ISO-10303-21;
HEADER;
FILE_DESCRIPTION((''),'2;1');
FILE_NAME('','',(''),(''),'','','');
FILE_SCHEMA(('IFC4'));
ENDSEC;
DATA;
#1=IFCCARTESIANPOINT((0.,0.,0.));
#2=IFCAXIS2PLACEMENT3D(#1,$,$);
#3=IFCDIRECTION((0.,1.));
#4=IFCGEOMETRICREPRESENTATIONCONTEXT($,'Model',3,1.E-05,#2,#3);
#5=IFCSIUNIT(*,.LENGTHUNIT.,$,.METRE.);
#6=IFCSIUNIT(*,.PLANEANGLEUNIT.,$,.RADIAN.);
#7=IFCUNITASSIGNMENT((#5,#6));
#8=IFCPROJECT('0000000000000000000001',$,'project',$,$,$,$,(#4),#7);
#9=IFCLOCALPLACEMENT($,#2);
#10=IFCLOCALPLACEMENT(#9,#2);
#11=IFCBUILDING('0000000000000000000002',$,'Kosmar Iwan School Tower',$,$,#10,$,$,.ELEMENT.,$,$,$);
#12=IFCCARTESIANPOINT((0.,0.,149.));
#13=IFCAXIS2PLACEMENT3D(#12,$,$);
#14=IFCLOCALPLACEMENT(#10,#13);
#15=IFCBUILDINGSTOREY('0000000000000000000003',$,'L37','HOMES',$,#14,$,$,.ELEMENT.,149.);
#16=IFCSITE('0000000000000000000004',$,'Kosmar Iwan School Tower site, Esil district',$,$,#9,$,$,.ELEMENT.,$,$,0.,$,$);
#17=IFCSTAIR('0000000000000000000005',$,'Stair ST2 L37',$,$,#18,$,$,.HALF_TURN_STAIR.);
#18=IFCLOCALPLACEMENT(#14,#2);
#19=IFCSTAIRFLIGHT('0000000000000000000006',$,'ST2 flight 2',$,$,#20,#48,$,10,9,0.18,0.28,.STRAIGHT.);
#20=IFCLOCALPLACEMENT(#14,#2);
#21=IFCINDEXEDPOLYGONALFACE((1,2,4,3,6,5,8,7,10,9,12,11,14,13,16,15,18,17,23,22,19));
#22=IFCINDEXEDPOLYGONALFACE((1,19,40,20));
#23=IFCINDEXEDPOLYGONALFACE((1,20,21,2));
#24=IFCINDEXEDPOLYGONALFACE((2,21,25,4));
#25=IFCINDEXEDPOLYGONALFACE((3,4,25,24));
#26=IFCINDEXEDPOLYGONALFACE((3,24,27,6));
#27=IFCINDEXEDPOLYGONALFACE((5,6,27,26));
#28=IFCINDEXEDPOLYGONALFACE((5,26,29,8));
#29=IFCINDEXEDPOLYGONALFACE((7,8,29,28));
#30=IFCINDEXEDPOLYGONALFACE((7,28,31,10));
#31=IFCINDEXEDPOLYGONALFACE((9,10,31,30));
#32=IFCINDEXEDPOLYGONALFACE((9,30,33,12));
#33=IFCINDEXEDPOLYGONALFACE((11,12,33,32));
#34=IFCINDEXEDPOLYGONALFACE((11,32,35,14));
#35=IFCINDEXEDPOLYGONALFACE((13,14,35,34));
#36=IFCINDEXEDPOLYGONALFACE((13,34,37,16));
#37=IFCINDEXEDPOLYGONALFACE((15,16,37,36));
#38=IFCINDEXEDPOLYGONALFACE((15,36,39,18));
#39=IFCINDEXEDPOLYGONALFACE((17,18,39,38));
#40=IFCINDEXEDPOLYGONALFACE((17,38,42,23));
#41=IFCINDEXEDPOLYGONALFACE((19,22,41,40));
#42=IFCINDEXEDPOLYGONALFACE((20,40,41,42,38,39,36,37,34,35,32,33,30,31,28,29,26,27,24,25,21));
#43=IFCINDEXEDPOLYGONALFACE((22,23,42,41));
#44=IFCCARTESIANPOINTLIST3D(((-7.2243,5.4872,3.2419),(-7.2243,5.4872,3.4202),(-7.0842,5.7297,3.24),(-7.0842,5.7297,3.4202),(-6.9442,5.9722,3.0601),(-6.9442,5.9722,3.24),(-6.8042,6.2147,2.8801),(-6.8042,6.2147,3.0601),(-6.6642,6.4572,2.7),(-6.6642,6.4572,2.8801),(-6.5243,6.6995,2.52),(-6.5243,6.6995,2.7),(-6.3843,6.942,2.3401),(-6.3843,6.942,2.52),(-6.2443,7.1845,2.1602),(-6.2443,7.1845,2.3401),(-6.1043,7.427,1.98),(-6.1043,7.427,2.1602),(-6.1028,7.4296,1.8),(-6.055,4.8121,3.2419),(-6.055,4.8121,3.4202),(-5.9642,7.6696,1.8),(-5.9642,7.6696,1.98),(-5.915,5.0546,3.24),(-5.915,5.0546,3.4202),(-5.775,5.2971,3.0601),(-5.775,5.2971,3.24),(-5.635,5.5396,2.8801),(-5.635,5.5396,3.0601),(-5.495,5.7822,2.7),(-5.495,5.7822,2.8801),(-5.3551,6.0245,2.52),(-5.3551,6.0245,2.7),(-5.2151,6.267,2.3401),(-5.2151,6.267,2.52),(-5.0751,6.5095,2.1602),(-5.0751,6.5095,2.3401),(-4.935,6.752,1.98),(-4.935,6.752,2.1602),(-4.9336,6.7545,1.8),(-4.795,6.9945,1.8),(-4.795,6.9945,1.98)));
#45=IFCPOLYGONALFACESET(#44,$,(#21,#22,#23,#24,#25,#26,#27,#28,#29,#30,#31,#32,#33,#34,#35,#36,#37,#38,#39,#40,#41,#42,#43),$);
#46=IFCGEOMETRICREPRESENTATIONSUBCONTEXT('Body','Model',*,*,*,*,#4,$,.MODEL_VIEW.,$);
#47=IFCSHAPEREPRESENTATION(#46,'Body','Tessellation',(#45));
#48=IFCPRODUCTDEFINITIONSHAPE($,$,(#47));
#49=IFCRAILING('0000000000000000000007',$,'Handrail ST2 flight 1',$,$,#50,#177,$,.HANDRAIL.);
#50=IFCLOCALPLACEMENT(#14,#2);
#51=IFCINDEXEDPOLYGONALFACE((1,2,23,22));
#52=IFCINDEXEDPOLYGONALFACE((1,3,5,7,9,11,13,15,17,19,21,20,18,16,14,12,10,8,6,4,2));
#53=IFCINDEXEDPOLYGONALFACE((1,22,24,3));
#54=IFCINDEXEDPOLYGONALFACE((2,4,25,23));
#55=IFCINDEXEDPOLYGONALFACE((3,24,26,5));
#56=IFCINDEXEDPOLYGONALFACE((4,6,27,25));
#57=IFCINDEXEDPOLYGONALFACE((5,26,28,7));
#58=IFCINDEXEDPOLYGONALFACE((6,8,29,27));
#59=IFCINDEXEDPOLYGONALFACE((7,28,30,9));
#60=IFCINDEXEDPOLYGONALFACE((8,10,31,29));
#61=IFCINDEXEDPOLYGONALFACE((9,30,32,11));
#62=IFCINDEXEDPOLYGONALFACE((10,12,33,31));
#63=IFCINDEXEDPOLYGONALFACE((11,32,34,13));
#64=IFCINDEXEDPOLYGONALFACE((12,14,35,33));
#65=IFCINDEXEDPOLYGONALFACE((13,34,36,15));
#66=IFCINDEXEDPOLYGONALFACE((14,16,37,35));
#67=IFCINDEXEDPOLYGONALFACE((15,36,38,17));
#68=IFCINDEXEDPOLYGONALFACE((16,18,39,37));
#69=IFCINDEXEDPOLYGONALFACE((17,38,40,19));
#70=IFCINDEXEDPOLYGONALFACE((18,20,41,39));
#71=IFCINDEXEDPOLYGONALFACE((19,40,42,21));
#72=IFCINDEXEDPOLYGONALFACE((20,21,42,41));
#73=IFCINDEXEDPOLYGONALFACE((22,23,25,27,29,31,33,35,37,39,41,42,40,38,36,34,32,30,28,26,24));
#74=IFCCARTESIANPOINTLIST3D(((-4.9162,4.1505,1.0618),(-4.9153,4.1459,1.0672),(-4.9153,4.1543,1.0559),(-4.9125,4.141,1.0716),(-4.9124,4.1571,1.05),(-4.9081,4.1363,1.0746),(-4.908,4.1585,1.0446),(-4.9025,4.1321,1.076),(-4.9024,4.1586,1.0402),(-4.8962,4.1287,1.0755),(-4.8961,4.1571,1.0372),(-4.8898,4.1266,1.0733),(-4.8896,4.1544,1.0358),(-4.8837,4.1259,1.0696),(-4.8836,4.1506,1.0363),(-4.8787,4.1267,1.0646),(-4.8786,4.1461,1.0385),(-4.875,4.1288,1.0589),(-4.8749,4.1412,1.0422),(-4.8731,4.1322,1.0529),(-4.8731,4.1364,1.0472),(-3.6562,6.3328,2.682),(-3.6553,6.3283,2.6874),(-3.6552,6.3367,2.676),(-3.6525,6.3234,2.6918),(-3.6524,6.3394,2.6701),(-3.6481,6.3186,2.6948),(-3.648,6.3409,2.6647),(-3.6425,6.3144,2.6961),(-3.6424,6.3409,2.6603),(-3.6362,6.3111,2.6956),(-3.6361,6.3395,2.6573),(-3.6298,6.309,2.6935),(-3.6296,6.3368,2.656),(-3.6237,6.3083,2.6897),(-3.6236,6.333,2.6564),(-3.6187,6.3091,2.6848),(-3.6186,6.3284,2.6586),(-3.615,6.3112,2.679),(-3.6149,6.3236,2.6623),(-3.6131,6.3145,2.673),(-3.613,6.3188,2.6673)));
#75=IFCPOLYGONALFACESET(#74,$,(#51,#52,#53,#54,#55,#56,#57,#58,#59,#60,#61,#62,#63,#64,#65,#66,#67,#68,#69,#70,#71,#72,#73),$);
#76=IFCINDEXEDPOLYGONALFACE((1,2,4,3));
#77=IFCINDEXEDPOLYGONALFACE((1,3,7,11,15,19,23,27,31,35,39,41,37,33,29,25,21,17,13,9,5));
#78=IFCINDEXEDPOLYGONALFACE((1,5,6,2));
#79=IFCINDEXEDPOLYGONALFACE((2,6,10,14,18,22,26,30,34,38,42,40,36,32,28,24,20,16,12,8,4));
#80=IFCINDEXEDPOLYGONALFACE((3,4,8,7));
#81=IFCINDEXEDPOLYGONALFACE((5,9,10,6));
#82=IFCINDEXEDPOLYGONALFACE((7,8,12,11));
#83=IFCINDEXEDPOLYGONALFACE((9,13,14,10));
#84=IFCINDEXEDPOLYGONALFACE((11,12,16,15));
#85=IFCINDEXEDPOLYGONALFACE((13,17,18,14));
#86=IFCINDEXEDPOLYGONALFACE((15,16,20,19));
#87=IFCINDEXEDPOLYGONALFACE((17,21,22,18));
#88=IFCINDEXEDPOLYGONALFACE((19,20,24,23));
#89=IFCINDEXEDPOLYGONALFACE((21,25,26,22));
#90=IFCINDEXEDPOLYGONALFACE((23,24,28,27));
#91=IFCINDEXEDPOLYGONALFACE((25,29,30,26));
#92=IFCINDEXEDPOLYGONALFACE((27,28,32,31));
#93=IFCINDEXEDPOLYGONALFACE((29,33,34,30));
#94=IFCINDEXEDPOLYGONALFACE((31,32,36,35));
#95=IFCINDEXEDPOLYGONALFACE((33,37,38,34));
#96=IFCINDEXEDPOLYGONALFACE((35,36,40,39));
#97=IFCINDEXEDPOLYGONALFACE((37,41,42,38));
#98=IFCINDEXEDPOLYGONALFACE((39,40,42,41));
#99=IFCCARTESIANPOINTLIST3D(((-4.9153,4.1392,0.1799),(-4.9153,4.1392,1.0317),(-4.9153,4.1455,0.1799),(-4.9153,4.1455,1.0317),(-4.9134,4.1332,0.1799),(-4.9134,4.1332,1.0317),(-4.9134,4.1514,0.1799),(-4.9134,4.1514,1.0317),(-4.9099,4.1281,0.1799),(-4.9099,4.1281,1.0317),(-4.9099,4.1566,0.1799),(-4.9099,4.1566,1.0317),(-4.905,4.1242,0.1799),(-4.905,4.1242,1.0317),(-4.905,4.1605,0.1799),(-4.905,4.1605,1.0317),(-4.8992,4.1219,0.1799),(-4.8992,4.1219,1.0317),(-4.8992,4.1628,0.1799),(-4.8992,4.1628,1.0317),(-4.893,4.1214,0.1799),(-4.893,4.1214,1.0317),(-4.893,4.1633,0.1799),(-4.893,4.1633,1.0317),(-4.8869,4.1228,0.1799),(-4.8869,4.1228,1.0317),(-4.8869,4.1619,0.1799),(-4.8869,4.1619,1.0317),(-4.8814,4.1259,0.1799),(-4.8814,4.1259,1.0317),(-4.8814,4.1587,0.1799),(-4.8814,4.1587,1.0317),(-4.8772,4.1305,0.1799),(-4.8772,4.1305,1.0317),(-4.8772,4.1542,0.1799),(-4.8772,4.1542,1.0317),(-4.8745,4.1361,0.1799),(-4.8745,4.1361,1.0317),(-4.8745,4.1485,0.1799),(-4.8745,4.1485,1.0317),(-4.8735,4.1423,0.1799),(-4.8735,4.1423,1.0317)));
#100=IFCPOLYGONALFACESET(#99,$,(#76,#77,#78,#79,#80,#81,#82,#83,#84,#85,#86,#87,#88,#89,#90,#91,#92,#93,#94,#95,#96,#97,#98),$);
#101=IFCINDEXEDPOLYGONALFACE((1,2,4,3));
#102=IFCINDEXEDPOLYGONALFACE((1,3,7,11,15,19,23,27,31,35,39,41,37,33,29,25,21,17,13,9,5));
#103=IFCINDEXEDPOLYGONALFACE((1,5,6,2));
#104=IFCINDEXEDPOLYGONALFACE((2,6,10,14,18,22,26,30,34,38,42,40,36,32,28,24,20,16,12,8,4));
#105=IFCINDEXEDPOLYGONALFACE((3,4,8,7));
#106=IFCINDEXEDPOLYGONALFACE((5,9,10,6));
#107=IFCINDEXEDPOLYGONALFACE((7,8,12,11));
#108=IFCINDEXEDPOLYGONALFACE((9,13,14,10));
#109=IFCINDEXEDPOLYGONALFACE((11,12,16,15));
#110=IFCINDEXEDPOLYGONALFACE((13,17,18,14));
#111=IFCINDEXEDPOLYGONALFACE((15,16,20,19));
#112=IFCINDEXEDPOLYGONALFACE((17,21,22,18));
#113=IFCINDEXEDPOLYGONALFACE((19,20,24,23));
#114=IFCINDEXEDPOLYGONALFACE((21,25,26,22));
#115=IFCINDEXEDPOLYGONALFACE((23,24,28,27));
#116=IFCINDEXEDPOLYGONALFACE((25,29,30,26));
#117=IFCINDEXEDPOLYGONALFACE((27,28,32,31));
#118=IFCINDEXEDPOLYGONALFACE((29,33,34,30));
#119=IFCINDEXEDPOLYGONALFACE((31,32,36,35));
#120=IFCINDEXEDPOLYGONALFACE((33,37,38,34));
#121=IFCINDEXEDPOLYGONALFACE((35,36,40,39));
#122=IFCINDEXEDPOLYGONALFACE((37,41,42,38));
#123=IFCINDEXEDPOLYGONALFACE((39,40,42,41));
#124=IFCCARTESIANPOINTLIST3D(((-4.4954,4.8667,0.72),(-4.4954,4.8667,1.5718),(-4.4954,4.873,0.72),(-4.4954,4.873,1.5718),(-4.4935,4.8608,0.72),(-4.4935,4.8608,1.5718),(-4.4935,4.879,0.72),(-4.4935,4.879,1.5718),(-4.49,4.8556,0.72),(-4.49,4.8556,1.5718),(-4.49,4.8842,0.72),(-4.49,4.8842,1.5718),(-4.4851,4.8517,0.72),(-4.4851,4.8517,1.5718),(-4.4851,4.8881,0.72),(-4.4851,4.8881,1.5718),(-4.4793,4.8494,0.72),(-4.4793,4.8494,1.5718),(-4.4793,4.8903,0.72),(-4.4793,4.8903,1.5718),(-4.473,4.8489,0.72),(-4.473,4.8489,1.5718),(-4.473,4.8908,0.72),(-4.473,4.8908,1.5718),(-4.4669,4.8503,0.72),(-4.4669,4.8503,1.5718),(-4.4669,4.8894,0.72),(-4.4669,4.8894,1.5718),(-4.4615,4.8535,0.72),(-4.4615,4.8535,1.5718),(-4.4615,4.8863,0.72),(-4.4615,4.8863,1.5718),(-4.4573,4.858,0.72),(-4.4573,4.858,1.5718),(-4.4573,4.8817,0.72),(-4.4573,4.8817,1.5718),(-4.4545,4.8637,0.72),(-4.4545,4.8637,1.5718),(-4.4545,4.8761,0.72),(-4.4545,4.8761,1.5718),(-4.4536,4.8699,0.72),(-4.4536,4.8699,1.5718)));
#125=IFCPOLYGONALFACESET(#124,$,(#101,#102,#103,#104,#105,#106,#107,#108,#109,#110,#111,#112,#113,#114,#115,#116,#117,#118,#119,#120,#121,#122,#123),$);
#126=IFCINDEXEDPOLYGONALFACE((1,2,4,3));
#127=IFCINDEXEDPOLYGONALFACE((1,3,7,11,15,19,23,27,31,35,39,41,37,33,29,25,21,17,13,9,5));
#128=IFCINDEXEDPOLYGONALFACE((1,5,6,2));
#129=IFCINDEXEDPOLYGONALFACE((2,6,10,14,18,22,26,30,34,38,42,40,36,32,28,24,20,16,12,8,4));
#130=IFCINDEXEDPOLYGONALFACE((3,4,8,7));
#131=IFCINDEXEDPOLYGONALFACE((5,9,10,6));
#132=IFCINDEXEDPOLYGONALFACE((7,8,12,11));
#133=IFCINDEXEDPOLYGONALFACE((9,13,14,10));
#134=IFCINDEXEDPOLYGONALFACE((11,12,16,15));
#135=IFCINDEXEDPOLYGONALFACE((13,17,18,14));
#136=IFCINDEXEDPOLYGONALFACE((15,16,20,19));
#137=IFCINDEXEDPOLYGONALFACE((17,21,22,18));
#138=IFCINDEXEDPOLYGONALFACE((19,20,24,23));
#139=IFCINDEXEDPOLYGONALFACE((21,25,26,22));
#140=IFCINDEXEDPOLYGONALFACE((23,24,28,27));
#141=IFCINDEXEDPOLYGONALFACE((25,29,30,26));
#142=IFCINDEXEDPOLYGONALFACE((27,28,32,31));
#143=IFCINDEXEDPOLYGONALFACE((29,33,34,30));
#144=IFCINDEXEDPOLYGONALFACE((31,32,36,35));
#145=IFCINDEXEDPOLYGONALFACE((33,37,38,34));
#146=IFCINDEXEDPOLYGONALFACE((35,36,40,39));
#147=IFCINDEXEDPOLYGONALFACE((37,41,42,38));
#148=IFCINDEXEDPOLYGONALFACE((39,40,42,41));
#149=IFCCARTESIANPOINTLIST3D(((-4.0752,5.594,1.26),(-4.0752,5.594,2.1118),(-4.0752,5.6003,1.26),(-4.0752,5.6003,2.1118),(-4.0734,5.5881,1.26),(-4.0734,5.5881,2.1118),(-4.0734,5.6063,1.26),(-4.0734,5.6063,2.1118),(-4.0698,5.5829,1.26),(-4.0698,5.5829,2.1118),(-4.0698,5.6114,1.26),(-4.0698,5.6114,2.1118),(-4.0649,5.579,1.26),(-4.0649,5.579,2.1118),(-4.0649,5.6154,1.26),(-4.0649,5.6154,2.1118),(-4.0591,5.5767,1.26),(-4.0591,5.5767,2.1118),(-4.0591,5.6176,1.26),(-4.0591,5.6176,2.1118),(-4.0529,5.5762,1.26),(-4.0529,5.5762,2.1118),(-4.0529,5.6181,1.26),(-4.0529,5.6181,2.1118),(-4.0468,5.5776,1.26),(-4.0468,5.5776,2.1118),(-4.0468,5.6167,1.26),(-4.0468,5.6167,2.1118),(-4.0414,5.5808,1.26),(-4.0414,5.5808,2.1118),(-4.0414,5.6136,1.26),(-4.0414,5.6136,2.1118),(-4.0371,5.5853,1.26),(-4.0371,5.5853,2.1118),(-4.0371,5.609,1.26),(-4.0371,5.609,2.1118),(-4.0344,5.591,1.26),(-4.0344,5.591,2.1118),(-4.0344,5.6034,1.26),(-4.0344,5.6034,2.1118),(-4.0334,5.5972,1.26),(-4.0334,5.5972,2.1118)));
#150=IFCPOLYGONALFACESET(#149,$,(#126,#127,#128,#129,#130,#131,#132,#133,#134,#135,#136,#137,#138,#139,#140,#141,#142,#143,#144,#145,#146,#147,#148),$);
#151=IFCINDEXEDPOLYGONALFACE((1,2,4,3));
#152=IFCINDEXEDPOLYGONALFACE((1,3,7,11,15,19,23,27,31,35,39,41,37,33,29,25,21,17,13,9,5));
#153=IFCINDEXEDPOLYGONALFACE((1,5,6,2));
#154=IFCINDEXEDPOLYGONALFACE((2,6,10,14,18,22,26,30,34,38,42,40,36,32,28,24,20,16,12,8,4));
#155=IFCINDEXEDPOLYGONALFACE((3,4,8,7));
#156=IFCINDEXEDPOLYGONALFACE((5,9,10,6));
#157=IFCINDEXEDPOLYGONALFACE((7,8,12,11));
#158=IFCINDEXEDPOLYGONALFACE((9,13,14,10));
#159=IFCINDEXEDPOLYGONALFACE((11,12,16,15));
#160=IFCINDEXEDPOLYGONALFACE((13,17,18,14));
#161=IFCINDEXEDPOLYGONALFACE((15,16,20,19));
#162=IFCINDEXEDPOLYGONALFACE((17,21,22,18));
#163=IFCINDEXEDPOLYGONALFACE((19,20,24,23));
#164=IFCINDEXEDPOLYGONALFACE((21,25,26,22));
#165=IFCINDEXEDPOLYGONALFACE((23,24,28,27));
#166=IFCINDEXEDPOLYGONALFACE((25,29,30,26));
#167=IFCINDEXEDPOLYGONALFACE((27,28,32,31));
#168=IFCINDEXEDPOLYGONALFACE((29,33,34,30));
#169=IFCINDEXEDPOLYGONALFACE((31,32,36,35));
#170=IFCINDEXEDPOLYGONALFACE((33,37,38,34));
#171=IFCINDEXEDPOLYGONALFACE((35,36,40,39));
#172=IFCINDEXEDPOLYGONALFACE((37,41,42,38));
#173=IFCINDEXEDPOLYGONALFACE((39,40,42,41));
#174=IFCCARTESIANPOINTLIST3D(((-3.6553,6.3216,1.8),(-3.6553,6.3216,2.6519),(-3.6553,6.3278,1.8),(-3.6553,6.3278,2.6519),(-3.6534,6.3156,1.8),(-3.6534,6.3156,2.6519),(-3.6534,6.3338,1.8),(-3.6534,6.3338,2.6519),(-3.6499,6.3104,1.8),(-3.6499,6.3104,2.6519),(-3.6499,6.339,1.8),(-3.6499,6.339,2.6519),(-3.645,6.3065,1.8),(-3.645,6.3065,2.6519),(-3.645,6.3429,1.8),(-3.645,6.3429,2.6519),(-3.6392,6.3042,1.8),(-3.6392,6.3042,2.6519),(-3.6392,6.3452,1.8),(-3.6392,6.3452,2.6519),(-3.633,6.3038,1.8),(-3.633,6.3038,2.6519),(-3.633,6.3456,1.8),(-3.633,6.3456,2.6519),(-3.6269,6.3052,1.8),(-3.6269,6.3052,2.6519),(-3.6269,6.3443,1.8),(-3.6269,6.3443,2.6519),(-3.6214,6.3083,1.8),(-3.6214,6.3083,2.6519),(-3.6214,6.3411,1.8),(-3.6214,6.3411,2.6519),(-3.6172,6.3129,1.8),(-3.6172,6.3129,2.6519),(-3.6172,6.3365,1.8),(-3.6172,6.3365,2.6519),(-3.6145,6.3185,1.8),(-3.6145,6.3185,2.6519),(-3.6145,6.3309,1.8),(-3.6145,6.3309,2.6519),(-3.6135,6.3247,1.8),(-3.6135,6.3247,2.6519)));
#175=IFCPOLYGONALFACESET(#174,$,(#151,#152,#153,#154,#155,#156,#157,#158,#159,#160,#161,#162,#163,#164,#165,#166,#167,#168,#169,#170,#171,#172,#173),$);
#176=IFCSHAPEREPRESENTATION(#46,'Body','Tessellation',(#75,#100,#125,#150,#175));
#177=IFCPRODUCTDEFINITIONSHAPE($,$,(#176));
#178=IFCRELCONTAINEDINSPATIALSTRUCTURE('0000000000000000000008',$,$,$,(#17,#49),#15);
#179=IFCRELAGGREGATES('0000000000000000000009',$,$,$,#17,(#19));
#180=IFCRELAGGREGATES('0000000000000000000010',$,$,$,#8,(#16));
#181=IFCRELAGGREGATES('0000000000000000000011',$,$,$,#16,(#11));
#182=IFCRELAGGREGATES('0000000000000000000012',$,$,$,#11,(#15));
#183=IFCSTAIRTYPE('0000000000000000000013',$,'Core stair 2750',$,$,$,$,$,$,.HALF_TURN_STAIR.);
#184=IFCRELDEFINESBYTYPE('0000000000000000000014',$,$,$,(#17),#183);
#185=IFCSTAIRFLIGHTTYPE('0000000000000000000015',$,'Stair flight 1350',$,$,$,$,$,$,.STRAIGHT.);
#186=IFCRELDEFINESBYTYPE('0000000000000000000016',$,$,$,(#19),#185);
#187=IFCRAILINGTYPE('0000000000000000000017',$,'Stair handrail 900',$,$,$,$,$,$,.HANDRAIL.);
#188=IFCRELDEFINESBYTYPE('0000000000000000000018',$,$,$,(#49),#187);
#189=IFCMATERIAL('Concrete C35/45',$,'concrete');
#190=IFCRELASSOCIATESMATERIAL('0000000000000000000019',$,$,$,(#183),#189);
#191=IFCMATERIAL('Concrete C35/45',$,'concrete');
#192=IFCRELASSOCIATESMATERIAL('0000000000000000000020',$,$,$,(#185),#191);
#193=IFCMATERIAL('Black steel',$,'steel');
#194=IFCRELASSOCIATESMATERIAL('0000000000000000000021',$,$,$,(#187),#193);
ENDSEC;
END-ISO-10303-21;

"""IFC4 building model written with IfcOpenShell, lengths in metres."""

from ifc_helpers import new_model, si_unit, direction, frame, origin, origin_2d, place, context, subcontext, project, spatial, polyline, circle, outline, extrude, material, type_object, element, aggregate, save


model = new_model("IFC4")

# Units and contexts
model_context = context("Model", 3, precision=1e-05, world=origin(), true_north=direction((0.0, 1.0)))
body_context = subcontext(model_context, "Body", "Model", "MODEL_VIEW")
ifc_project = project(units=[si_unit("LENGTHUNIT", "METRE"), si_unit("PLANEANGLEUNIT", "RADIAN")], contexts=[model_context])

# Site, building, storey
site_placement = place(None, origin())
site = spatial("IfcSite", under=ifc_project, at=site_placement, Name="Kosmar Iwan School Tower site, Esil district", CompositionType="ELEMENT", RefElevation=0.0)
building_placement = place(site_placement, origin())
building = spatial("IfcBuilding", under=site, at=building_placement, Name="Kosmar Iwan School Tower", CompositionType="ELEMENT")
storey_placement = place(building_placement, frame((0.0, 0.0, 149.0)))
storey = spatial("IfcBuildingStorey", under=building, at=storey_placement, Name="L37", Description="HOMES", CompositionType="ELEMENT", Elevation=149.0)

# Stair, stair flight
ifc_material_1 = material(Name="Concrete C35/45", Category="concrete")
stair_type = type_object("IfcStairType", Name="Core stair 2750", PredefinedType="HALF_TURN_STAIR", material=ifc_material_1)
stair_placement = place(storey_placement, origin())
stair = element("IfcStair", 1, at=stair_placement, inside=storey, type_object=stair_type, Name="Stair ST2 L37", PredefinedType="HALF_TURN_STAIR")
ifc_material_2 = material(Name="Concrete C35/45", Category="concrete")
stair_flight_type = type_object("IfcStairFlightType", Name="Stair flight 1350", PredefinedType="STRAIGHT", material=ifc_material_2)
stair_flight_1_placement = place(storey_placement, frame((-5.3796, 7.332, 1.8), z_axis=(0.0, 0.0, 1.0), x_axis=(-0.5, -0.866025, 0.0)))
stair_flight_1 = element("IfcStairFlight", 2, at=stair_flight_1_placement, type_object=stair_flight_type, Name="ST2 flight 2", NumberOfRisers=10, NumberOfTreads=9, PredefinedType="STRAIGHT", RiserHeight=0.18, TreadLength=0.28, context=body_context, shape_type="SweptSolid", body=[
    extrude(outline(polyline([(0.0, 0.0), (0.0, 0.1799), (0.28, 0.1799), (0.28, 0.3601), (0.5601, 0.3601), (0.5601, 0.54), (0.8401, 0.54), (0.8401, 0.72), (1.1201, 0.72), (1.1201, 0.8999), (1.3999, 0.8999), (1.3999, 1.0801), (1.6799, 1.0801), (1.6799, 1.26), (1.96, 1.26), (1.96, 1.4399), (2.24, 1.4399), (2.24, 1.6201), (2.52, 1.6201), (2.52, 1.8), (2.52, 1.4419), (0.2771, 0.0), (0.0, 0.0)])), frame((0.0, 0.675, 0.0), z_axis=(0.0, -1.0, 0.0), x_axis=(1.0, 0.0, 0.0)), (0.0, 0.0, 1.0), 1.3501),
])
aggregate(stair, [stair_flight_1])

# Railing
ifc_material_3 = material(Name="Black steel", Category="steel")
railing_type = type_object("IfcRailingType", Name="Stair handrail 900", PredefinedType="HANDRAIL", material=ifc_material_3)
railing_1_placement = place(storey_placement, frame((-4.8945, 4.1423, 0.1799)))
element("IfcRailing", 3, at=railing_1_placement, inside=storey, type_object=railing_type, Name="Handrail ST2 flight 1", PredefinedType="HANDRAIL", context=body_context, shape_type="SweptSolid", body=[
    extrude(circle(Radius=0.0239, at=origin_2d()), frame((0.0, 0.0, 0.876), z_axis=(0.420584, 0.728464, 0.540786), x_axis=(-0.866023, 0.500005, 0.0)), (0.0, 0.0, 1.0), 2.9958),
    extrude(circle(Radius=0.021, at=origin_2d()), origin(), (0.0, 0.0, 1.0), 0.8518),
    extrude(circle(Radius=0.021, at=origin_2d()), frame((0.4199, 0.7275, 0.54)), (0.0, 0.0, 1.0), 0.8518),
    extrude(circle(Radius=0.021, at=origin_2d()), frame((0.8401, 1.4548, 1.0801)), (0.0, 0.0, 1.0), 0.8518),
    extrude(circle(Radius=0.021, at=origin_2d()), frame((1.26, 2.1824, 1.6201)), (0.0, 0.0, 1.0), 0.8518),
])

save(model, "model.ifc")
